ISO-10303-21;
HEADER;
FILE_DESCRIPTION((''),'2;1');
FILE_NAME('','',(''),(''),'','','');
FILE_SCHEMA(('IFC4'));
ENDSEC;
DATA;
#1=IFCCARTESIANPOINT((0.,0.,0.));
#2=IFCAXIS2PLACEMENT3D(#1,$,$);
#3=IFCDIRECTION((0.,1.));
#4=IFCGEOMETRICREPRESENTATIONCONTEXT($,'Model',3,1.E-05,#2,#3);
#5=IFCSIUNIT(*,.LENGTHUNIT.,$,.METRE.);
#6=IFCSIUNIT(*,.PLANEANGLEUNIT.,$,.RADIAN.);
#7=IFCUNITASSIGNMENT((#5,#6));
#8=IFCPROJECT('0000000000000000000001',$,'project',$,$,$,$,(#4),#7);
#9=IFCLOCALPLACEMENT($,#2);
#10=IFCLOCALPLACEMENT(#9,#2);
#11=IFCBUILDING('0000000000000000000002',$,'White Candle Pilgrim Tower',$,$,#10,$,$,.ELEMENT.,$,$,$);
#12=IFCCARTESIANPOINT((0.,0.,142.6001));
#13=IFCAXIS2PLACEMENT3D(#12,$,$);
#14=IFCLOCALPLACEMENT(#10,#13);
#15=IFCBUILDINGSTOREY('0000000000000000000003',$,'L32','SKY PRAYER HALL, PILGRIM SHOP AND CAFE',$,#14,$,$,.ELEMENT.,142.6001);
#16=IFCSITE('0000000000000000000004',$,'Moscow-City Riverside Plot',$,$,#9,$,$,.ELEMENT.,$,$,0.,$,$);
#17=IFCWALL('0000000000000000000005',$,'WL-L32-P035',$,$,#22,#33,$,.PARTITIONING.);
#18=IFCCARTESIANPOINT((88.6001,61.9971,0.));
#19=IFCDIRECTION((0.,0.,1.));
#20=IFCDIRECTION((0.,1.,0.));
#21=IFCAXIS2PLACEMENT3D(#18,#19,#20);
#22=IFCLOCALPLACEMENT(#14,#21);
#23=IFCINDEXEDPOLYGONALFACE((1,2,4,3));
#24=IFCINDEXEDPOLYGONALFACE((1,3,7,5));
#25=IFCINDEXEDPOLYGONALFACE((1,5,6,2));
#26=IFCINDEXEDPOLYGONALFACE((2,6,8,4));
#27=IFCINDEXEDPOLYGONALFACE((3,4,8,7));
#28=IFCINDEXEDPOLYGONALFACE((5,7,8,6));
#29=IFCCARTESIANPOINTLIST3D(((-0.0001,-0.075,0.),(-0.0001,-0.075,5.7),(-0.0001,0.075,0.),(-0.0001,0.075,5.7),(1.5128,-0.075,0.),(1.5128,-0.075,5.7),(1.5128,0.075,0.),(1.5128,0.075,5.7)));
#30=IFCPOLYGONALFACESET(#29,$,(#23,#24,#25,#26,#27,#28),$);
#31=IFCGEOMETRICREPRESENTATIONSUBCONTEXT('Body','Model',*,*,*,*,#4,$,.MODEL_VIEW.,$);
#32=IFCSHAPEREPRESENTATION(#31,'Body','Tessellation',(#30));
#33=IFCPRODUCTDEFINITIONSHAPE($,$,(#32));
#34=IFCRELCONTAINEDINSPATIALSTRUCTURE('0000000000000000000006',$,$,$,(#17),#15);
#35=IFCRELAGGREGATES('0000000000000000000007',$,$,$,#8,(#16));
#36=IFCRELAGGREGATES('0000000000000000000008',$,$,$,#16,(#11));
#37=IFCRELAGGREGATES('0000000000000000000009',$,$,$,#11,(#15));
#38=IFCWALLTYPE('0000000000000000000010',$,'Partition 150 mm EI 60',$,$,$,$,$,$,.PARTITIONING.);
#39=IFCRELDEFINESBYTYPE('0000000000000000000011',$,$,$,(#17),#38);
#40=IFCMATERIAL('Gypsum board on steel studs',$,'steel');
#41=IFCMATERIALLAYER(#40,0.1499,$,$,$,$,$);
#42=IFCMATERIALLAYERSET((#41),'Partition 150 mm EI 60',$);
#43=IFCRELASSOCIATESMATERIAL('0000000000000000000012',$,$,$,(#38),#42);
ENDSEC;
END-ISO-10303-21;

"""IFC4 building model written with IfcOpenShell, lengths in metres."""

from ifc_helpers import new_model, si_unit, direction, frame, frame_2d, origin, place, context, subcontext, project, spatial, rectangle, extrude, material, layer, layer_set, type_object, element, save


model = new_model("IFC4")

# Units and contexts
model_context = context("Model", 3, precision=1e-05, world=origin(), true_north=direction((0.0, 1.0)))
body_context = subcontext(model_context, "Body", "Model", "MODEL_VIEW")
ifc_project = project(units=[si_unit("LENGTHUNIT", "METRE"), si_unit("PLANEANGLEUNIT", "RADIAN")], contexts=[model_context])

# Site, building, storey
site_placement = place(None, origin())
site = spatial("IfcSite", under=ifc_project, at=site_placement, Name="Moscow-City Riverside Plot", CompositionType="ELEMENT", RefElevation=0.0)
building_placement = place(site_placement, origin())
building = spatial("IfcBuilding", under=site, at=building_placement, Name="White Candle Pilgrim Tower", CompositionType="ELEMENT")
storey_placement = place(building_placement, frame((0.0, 0.0, 142.6001)))
storey = spatial("IfcBuildingStorey", under=building, at=storey_placement, Name="L32", Description="SKY PRAYER HALL, PILGRIM SHOP AND CAFE", CompositionType="ELEMENT", Elevation=142.6001)

# Shared definitions
ifc_material_1 = material(Name="Gypsum board on steel studs", Category="steel")

# Wall
ifc_layer_1 = layer(ifc_material_1, 0.1499)
ifc_layer_set_1 = layer_set([ifc_layer_1], Name="Partition 150 mm EI 60")
wall_type_1 = type_object("IfcWallType", Name="Partition 150 mm EI 60", PredefinedType="PARTITIONING", material=ifc_layer_set_1)
wall_1_placement = place(storey_placement, frame((88.6001, 61.9971, 0.0), z_axis=(0.0, 0.0, 1.0), x_axis=(0.0, 1.0, 0.0)))
element("IfcWall", 1, at=wall_1_placement, inside=storey, type_object=wall_type_1, Name="WL-L32-P035", PredefinedType="PARTITIONING", context=body_context, shape_type="SweptSolid", body=[
    extrude(rectangle(XDim=1.5129, YDim=0.1499, at=frame_2d((0.7563, 0.0))), origin(), (0.0, 0.0, 1.0), 5.7),
])

save(model, "model.ifc")
